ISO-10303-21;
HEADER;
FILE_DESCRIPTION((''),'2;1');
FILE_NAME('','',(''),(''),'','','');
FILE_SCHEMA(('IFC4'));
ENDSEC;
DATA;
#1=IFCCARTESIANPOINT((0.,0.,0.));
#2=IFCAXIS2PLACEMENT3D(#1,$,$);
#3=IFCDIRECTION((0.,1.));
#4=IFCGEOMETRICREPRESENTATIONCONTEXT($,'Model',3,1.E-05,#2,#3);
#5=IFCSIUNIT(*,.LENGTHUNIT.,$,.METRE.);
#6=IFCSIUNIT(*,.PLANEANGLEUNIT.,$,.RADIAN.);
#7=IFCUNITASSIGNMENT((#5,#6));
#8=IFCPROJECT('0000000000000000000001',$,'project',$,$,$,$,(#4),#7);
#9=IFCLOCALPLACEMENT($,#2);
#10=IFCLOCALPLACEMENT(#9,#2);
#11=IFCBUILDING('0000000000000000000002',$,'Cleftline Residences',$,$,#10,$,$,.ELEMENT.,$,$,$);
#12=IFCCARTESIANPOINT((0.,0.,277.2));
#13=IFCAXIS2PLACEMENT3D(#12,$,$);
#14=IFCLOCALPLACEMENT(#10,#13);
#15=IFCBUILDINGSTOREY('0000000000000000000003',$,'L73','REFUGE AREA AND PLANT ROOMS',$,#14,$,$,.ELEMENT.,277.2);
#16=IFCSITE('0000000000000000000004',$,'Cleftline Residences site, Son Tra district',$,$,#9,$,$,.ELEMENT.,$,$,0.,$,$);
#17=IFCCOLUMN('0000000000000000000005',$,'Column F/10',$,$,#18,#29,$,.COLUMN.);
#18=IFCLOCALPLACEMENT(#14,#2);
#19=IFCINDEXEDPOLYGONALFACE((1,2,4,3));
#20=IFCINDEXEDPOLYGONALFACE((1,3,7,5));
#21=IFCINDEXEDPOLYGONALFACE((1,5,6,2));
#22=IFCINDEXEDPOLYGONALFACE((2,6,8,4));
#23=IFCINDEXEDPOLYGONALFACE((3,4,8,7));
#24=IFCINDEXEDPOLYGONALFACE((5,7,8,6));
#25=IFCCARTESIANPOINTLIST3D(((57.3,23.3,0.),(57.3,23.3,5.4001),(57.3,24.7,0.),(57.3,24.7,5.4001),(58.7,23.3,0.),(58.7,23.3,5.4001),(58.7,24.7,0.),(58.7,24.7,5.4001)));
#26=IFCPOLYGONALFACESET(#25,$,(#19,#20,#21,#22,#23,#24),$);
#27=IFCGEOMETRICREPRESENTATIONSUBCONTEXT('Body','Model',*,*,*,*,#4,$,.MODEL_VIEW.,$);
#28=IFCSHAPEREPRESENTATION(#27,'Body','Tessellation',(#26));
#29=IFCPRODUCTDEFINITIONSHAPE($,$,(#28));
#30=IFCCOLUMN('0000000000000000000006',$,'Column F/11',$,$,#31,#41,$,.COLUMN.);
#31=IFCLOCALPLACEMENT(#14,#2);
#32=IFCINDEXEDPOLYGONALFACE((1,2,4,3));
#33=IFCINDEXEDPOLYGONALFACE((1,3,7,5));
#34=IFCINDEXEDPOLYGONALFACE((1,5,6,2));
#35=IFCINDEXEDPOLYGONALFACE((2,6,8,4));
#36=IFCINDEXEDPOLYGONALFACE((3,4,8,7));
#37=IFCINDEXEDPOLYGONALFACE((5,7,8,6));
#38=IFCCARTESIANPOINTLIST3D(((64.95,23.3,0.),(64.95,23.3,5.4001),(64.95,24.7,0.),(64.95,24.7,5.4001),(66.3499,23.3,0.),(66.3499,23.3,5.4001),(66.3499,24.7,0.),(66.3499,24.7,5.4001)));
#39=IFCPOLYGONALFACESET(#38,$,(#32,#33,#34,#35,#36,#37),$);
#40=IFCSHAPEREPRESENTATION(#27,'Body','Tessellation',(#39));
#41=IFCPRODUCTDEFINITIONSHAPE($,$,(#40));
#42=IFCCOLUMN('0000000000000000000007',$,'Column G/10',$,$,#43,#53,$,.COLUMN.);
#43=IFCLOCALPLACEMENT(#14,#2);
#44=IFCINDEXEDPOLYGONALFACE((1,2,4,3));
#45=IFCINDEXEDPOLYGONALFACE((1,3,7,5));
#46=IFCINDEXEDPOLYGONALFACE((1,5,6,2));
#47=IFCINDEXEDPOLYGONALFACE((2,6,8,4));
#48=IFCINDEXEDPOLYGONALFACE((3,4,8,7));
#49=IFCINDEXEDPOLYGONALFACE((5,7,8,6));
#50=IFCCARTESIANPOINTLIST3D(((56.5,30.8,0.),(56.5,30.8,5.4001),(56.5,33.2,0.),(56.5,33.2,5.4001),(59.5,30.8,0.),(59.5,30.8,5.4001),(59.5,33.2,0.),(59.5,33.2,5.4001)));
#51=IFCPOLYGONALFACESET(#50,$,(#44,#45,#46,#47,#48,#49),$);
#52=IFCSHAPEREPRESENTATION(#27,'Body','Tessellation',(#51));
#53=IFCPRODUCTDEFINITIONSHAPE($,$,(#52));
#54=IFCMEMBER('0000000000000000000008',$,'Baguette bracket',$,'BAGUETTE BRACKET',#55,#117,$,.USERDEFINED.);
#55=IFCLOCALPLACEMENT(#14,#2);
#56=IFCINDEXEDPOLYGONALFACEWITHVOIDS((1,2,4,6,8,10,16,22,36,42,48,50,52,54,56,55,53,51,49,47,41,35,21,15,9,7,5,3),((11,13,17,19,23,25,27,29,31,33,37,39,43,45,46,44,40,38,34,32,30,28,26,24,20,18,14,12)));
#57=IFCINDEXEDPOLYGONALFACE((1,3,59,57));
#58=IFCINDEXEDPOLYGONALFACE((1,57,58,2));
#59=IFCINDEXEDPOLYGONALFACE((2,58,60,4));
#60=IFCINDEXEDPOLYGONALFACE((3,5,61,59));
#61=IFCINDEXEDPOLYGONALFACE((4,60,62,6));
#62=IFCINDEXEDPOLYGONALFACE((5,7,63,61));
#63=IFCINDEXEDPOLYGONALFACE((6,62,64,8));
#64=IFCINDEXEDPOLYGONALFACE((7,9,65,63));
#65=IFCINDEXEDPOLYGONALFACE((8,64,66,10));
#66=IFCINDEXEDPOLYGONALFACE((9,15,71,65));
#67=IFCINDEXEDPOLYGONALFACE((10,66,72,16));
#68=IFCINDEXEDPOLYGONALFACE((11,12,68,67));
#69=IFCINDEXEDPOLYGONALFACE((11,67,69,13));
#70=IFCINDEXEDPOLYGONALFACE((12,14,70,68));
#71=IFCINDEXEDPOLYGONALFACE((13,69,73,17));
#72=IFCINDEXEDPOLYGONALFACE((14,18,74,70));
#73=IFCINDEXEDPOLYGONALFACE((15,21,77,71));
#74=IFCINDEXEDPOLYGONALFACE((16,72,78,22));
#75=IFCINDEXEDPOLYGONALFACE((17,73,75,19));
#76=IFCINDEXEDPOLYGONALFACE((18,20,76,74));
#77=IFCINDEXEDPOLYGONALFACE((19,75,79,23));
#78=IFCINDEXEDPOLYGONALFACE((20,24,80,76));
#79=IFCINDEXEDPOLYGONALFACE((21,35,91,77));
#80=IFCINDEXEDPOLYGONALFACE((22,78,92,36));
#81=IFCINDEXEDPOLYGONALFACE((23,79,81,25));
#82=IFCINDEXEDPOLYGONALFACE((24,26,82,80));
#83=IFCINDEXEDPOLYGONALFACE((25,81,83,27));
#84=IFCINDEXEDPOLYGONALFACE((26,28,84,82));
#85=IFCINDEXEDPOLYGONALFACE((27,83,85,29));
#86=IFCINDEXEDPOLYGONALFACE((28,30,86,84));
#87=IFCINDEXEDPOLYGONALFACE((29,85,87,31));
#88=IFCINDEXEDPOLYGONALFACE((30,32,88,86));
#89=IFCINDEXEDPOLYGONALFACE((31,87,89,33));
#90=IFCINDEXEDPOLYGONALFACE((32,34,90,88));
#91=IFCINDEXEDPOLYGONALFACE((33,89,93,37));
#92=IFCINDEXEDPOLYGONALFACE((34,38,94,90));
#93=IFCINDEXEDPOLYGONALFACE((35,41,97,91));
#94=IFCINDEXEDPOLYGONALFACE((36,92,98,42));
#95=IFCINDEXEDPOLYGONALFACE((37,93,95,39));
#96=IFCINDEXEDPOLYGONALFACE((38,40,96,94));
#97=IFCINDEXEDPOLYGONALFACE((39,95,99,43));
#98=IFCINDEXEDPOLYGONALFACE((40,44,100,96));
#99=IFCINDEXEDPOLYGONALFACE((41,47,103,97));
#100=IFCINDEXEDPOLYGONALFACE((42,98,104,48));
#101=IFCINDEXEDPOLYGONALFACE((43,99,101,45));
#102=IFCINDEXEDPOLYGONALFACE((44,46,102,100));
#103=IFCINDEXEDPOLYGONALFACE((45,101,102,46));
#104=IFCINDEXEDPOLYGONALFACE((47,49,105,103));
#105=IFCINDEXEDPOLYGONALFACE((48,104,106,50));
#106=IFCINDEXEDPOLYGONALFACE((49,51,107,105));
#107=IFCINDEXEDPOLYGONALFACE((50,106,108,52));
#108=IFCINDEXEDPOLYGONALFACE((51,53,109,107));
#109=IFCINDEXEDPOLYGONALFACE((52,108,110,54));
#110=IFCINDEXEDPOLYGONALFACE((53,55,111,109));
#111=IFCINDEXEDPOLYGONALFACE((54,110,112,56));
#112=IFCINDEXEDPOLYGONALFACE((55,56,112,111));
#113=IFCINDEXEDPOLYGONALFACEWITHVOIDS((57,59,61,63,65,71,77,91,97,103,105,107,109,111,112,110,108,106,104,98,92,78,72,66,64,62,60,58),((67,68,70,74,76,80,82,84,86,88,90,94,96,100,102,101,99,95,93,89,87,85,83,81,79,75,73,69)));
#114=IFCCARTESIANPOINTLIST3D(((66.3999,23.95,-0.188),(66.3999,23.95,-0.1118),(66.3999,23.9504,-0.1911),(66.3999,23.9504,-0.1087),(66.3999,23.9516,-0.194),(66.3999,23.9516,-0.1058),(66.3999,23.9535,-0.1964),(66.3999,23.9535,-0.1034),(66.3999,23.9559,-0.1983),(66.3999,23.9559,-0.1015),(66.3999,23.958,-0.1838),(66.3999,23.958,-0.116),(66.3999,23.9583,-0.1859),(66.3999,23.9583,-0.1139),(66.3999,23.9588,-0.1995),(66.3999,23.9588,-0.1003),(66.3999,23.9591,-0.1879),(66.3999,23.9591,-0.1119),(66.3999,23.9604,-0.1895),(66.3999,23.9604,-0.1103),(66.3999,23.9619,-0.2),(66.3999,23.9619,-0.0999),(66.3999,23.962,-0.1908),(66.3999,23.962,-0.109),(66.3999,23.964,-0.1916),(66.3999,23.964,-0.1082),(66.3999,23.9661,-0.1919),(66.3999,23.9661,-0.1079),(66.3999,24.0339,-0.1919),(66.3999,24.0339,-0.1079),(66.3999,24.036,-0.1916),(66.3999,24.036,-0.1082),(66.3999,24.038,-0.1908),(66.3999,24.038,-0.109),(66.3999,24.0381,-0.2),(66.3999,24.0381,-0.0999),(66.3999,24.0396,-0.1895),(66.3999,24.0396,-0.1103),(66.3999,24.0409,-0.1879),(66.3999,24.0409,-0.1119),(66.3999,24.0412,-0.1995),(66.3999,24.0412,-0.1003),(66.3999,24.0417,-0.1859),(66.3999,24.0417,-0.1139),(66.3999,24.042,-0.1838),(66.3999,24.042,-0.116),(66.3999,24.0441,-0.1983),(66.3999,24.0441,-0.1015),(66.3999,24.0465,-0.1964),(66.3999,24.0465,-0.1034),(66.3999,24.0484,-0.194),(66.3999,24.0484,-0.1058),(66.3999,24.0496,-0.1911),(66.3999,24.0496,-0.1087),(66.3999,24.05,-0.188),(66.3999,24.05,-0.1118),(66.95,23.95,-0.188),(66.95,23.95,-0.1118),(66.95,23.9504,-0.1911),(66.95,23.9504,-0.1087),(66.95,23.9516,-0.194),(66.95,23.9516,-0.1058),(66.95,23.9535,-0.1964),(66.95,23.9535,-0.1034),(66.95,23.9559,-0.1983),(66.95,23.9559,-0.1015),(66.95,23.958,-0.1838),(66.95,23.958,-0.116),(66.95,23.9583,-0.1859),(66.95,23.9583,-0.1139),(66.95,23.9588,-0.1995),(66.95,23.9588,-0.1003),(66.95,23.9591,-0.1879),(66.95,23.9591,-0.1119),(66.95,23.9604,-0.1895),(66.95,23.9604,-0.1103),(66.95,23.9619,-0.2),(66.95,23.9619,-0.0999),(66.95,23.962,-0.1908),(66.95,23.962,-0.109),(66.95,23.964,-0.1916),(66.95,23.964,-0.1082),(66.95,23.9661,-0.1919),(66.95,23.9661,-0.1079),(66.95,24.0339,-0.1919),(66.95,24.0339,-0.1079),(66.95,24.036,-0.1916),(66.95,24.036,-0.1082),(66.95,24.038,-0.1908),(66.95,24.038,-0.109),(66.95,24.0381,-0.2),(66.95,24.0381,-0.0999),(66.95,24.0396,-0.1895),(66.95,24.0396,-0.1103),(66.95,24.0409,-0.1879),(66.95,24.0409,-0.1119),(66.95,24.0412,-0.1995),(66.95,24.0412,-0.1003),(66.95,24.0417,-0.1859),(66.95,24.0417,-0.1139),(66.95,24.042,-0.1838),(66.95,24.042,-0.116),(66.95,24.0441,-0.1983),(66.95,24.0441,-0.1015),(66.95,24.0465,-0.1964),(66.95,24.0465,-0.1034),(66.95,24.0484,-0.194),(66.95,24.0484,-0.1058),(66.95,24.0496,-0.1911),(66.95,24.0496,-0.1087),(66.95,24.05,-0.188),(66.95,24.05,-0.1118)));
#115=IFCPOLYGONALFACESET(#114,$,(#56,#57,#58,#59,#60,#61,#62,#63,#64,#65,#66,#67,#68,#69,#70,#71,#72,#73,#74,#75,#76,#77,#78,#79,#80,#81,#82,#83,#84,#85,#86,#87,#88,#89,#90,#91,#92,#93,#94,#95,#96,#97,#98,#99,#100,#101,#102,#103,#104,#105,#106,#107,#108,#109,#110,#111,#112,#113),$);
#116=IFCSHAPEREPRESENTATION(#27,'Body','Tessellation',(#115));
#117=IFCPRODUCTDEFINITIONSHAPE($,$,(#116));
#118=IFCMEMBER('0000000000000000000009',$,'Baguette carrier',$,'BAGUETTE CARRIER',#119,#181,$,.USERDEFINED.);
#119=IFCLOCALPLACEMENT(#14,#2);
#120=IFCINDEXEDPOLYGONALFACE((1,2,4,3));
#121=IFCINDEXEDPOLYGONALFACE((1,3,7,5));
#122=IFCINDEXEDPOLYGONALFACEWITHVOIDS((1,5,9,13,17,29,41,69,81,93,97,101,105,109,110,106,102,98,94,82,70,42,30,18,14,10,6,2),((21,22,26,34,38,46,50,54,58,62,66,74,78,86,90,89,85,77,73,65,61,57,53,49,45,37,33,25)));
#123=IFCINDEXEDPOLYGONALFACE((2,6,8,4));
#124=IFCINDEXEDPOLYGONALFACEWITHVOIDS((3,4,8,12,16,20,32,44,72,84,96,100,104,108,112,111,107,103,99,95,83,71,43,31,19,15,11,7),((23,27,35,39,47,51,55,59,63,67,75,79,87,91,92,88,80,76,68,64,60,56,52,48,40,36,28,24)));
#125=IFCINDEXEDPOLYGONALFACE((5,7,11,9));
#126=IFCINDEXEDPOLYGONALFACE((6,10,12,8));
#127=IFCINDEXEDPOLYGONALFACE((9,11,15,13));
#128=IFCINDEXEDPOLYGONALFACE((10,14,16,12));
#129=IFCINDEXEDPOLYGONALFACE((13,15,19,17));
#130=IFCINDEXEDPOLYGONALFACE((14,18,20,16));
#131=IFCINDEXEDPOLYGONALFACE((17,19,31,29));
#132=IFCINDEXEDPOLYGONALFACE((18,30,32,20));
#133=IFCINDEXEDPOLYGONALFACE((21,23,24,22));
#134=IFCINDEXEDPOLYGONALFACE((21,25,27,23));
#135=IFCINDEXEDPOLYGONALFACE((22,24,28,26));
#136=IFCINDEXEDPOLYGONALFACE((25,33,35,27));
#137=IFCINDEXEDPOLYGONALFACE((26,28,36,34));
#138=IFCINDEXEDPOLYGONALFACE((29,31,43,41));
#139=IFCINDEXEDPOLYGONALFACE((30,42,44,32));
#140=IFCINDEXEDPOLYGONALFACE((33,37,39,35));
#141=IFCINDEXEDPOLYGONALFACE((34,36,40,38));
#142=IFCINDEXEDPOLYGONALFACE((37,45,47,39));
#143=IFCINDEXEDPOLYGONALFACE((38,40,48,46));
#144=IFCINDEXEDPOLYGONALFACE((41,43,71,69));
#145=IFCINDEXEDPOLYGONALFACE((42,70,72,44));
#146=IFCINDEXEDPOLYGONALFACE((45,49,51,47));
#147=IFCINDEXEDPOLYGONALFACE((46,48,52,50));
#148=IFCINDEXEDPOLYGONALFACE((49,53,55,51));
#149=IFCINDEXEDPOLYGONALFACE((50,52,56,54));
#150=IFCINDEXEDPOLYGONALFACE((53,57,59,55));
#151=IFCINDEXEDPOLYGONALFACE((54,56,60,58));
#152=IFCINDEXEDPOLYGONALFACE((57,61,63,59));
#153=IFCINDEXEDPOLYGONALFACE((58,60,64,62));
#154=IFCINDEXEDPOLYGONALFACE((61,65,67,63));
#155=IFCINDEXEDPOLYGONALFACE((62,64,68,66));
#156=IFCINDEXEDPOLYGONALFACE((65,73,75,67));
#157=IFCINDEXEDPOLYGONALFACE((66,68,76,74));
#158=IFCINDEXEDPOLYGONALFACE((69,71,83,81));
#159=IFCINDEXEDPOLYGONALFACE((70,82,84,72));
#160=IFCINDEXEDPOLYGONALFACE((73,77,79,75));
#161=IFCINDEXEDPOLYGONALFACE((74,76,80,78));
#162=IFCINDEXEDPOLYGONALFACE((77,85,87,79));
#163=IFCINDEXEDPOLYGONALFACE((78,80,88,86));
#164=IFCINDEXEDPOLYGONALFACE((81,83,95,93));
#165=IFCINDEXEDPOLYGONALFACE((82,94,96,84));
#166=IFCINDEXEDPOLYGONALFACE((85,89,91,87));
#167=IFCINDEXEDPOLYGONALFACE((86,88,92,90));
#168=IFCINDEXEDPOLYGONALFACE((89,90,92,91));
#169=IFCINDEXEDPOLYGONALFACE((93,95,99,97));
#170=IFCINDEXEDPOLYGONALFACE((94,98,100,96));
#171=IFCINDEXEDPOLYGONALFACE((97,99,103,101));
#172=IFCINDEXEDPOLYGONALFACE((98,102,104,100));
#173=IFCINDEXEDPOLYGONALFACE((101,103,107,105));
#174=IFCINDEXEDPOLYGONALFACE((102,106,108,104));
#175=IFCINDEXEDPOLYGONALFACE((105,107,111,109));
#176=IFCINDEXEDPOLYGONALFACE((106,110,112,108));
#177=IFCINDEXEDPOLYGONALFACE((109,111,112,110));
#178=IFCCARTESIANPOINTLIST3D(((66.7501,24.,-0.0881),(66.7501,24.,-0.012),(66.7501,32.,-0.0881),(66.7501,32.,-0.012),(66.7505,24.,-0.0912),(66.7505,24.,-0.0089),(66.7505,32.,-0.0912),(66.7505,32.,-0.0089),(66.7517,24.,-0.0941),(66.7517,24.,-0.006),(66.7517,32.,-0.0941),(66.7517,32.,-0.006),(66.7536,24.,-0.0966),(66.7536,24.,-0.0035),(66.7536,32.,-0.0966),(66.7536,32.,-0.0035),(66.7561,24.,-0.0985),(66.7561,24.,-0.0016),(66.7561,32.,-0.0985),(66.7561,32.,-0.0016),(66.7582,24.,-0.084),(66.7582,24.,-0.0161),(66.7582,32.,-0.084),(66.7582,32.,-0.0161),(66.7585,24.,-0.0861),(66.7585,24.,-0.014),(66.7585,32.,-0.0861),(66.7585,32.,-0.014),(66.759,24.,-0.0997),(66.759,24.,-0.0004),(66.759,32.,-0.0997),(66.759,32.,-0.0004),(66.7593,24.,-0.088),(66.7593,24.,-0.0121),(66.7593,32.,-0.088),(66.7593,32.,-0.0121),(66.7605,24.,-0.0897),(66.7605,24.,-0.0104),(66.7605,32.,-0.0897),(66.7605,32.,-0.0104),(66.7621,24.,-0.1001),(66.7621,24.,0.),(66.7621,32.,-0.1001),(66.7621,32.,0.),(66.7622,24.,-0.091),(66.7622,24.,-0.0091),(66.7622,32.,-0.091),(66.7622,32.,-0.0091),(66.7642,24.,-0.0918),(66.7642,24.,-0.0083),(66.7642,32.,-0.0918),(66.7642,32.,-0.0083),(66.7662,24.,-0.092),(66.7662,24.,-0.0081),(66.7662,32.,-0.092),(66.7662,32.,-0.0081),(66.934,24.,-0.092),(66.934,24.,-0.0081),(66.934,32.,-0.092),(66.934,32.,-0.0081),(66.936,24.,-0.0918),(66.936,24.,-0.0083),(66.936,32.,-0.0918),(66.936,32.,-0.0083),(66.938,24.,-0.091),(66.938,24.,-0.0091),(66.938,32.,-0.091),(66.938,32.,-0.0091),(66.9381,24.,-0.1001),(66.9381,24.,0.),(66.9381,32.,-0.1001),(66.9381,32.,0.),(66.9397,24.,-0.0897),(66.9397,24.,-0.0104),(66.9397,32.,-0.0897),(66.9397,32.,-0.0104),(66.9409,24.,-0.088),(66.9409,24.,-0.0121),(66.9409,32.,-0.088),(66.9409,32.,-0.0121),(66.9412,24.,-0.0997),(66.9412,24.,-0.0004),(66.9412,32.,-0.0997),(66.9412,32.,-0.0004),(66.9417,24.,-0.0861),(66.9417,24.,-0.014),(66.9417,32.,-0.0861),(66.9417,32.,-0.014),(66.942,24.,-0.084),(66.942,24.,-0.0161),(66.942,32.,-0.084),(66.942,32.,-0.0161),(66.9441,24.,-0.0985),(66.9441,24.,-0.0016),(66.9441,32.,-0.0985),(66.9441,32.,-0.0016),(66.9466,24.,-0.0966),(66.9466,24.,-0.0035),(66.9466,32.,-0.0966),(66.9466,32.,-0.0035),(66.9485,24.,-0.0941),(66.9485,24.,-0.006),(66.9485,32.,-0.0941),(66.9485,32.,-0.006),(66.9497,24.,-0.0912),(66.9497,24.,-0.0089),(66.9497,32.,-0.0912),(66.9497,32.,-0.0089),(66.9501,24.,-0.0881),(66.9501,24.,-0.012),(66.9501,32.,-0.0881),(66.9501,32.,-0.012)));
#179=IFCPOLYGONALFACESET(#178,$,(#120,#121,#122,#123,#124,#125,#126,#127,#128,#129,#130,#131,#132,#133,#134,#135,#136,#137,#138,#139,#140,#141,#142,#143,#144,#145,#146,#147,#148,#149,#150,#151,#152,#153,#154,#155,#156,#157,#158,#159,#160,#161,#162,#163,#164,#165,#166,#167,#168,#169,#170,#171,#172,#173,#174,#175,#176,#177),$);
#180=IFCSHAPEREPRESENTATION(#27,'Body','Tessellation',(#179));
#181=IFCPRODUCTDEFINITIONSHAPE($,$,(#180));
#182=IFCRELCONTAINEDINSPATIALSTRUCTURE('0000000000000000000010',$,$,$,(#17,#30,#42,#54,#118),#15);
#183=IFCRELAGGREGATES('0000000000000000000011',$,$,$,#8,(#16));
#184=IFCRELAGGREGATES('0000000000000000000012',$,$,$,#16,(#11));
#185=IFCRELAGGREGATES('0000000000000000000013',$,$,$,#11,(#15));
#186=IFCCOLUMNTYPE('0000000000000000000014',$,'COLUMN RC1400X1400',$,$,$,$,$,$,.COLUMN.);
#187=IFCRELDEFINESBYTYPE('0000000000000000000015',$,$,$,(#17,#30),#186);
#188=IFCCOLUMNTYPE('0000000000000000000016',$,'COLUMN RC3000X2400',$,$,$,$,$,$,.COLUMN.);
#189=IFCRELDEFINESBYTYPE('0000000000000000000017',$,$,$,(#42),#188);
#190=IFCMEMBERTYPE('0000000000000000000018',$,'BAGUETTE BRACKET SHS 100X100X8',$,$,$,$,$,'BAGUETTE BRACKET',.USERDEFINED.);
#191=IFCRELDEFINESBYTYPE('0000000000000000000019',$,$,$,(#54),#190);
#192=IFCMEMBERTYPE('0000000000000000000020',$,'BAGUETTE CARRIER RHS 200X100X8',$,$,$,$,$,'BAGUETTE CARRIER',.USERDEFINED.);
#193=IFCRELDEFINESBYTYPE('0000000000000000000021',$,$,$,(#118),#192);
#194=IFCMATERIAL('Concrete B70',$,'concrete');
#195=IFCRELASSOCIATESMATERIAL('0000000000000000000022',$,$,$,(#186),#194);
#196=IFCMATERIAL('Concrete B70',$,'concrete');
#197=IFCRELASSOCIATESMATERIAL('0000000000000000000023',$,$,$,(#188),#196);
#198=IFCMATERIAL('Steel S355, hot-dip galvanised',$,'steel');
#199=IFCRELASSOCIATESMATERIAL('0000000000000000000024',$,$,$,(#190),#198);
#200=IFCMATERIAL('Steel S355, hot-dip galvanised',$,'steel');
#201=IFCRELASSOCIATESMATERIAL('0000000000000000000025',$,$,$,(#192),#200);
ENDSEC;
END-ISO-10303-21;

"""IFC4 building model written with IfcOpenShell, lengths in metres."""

from ifc_helpers import new_model, si_unit, direction, frame, origin, origin_2d, place, context, subcontext, project, spatial, rectangle, hollow_rectangle, extrude, material, material_profile, profile_set, type_object, element, save


model = new_model("IFC4")

# Units and contexts
model_context = context("Model", 3, precision=1e-05, world=origin(), true_north=direction((0.0, 1.0)))
body_context = subcontext(model_context, "Body", "Model", "MODEL_VIEW")
ifc_project = project(units=[si_unit("LENGTHUNIT", "METRE"), si_unit("PLANEANGLEUNIT", "RADIAN")], contexts=[model_context])

# Site, building, storey
site_placement = place(None, origin())
site = spatial("IfcSite", under=ifc_project, at=site_placement, Name="Cleftline Residences site, Son Tra district", CompositionType="ELEMENT", RefElevation=0.0)
building_placement = place(site_placement, origin())
building = spatial("IfcBuilding", under=site, at=building_placement, Name="Cleftline Residences", CompositionType="ELEMENT")
storey_placement = place(building_placement, frame((0.0, 0.0, 277.2)))
storey = spatial("IfcBuildingStorey", under=building, at=storey_placement, Name="L73", Description="REFUGE AREA AND PLANT ROOMS", CompositionType="ELEMENT", Elevation=277.2)

# Columns
ifc_material_1 = material(Name="Concrete B70", Category="concrete")
ifc_material_profile_1 = material_profile(ifc_material_1, rectangle(XDim=1.3999, YDim=1.3999, at=origin_2d()))
ifc_profile_set_1 = profile_set([ifc_material_profile_1], Name="Concrete B70")
column_type_1 = type_object("IfcColumnType", Name="COLUMN RC1400X1400", PredefinedType="COLUMN", material=ifc_profile_set_1)
for number, where, z_axis, x_axis, name in (
    (1, (58.0, 24.0, 0.0), (0.0, 0.0, 1.0), (1.0, 0.0, 0.0), "Column F/10"),
    (2, (65.6499, 24.0, 0.0), (0.0, 0.0, 1.0), (1.0, 0.0, 0.0), "Column F/11"),
):
    element("IfcColumn", number, at=place(storey_placement, frame(where, z_axis=z_axis, x_axis=x_axis)), inside=storey, type_object=column_type_1, Name=name, PredefinedType="COLUMN", context=body_context, shape_type="SweptSolid", body=[
        extrude(rectangle(XDim=1.3999, YDim=1.3999, at=origin_2d()), origin(), (0.0, 0.0, 1.0), 5.4001),
    ])
ifc_material_2 = material(Name="Concrete B70", Category="concrete")
ifc_material_profile_2 = material_profile(ifc_material_2, rectangle(XDim=3.0, YDim=2.3999, at=origin_2d()))
ifc_profile_set_2 = profile_set([ifc_material_profile_2], Name="Concrete B70")
column_type_2 = type_object("IfcColumnType", Name="COLUMN RC3000X2400", PredefinedType="COLUMN", material=ifc_profile_set_2)
column_placement = place(storey_placement, frame((58.0, 32.0, 0.0), z_axis=(0.0, 0.0, 1.0), x_axis=(1.0, 0.0, 0.0)))
element("IfcColumn", 3, at=column_placement, inside=storey, type_object=column_type_2, Name="Column G/10", PredefinedType="COLUMN", context=body_context, shape_type="SweptSolid", body=[
    extrude(rectangle(XDim=3.0, YDim=2.3999, at=origin_2d()), origin(), (0.0, 0.0, 1.0), 5.4001),
])

# Members
ifc_material_3 = material(Name="Steel S355, hot-dip galvanised", Category="steel")
ifc_material_profile_3 = material_profile(ifc_material_3, hollow_rectangle(XDim=0.1001, YDim=0.1001, WallThickness=0.0081, InnerFilletRadius=0.0081, OuterFilletRadius=0.012, at=origin_2d()))
ifc_profile_set_3 = profile_set([ifc_material_profile_3], Name="Steel S355, hot-dip galvanised")
member_type_1 = type_object("IfcMemberType", Name="BAGUETTE BRACKET SHS 100X100X8", ElementType="BAGUETTE BRACKET", PredefinedType="USERDEFINED", material=ifc_profile_set_3)
member_1_placement = place(storey_placement, frame((66.3999, 24.0, -0.1499), z_axis=(1.0, 0.0, 0.0), x_axis=(0.0, 1.0, 0.0)))
element("IfcMember", 4, at=member_1_placement, inside=storey, type_object=member_type_1, Name="Baguette bracket", ObjectType="BAGUETTE BRACKET", PredefinedType="USERDEFINED", context=body_context, shape_type="SweptSolid", body=[
    extrude(hollow_rectangle(XDim=0.1001, YDim=0.1001, WallThickness=0.0081, InnerFilletRadius=0.0081, OuterFilletRadius=0.012, at=origin_2d()), origin(), (0.0, 0.0, 1.0), 0.55),
])
ifc_material_4 = material(Name="Steel S355, hot-dip galvanised", Category="steel")
ifc_material_profile_4 = material_profile(ifc_material_4, hollow_rectangle(XDim=0.1001, YDim=0.2, WallThickness=0.0081, InnerFilletRadius=0.0081, OuterFilletRadius=0.012, at=origin_2d()))
ifc_profile_set_4 = profile_set([ifc_material_profile_4], Name="Steel S355, hot-dip galvanised")
member_type_2 = type_object("IfcMemberType", Name="BAGUETTE CARRIER RHS 200X100X8", ElementType="BAGUETTE CARRIER", PredefinedType="USERDEFINED", material=ifc_profile_set_4)
member_2_placement = place(storey_placement, frame((66.8501, 24.0, -0.05), z_axis=(0.0, 1.0, 0.0), x_axis=(0.0, 0.0, 1.0)))
element("IfcMember", 5, at=member_2_placement, inside=storey, type_object=member_type_2, Name="Baguette carrier", ObjectType="BAGUETTE CARRIER", PredefinedType="USERDEFINED", context=body_context, shape_type="SweptSolid", body=[
    extrude(hollow_rectangle(XDim=0.1001, YDim=0.2, WallThickness=0.0081, InnerFilletRadius=0.0081, OuterFilletRadius=0.012, at=origin_2d()), origin(), (0.0, 0.0, 1.0), 8.0),
])

save(model, "model.ifc")
